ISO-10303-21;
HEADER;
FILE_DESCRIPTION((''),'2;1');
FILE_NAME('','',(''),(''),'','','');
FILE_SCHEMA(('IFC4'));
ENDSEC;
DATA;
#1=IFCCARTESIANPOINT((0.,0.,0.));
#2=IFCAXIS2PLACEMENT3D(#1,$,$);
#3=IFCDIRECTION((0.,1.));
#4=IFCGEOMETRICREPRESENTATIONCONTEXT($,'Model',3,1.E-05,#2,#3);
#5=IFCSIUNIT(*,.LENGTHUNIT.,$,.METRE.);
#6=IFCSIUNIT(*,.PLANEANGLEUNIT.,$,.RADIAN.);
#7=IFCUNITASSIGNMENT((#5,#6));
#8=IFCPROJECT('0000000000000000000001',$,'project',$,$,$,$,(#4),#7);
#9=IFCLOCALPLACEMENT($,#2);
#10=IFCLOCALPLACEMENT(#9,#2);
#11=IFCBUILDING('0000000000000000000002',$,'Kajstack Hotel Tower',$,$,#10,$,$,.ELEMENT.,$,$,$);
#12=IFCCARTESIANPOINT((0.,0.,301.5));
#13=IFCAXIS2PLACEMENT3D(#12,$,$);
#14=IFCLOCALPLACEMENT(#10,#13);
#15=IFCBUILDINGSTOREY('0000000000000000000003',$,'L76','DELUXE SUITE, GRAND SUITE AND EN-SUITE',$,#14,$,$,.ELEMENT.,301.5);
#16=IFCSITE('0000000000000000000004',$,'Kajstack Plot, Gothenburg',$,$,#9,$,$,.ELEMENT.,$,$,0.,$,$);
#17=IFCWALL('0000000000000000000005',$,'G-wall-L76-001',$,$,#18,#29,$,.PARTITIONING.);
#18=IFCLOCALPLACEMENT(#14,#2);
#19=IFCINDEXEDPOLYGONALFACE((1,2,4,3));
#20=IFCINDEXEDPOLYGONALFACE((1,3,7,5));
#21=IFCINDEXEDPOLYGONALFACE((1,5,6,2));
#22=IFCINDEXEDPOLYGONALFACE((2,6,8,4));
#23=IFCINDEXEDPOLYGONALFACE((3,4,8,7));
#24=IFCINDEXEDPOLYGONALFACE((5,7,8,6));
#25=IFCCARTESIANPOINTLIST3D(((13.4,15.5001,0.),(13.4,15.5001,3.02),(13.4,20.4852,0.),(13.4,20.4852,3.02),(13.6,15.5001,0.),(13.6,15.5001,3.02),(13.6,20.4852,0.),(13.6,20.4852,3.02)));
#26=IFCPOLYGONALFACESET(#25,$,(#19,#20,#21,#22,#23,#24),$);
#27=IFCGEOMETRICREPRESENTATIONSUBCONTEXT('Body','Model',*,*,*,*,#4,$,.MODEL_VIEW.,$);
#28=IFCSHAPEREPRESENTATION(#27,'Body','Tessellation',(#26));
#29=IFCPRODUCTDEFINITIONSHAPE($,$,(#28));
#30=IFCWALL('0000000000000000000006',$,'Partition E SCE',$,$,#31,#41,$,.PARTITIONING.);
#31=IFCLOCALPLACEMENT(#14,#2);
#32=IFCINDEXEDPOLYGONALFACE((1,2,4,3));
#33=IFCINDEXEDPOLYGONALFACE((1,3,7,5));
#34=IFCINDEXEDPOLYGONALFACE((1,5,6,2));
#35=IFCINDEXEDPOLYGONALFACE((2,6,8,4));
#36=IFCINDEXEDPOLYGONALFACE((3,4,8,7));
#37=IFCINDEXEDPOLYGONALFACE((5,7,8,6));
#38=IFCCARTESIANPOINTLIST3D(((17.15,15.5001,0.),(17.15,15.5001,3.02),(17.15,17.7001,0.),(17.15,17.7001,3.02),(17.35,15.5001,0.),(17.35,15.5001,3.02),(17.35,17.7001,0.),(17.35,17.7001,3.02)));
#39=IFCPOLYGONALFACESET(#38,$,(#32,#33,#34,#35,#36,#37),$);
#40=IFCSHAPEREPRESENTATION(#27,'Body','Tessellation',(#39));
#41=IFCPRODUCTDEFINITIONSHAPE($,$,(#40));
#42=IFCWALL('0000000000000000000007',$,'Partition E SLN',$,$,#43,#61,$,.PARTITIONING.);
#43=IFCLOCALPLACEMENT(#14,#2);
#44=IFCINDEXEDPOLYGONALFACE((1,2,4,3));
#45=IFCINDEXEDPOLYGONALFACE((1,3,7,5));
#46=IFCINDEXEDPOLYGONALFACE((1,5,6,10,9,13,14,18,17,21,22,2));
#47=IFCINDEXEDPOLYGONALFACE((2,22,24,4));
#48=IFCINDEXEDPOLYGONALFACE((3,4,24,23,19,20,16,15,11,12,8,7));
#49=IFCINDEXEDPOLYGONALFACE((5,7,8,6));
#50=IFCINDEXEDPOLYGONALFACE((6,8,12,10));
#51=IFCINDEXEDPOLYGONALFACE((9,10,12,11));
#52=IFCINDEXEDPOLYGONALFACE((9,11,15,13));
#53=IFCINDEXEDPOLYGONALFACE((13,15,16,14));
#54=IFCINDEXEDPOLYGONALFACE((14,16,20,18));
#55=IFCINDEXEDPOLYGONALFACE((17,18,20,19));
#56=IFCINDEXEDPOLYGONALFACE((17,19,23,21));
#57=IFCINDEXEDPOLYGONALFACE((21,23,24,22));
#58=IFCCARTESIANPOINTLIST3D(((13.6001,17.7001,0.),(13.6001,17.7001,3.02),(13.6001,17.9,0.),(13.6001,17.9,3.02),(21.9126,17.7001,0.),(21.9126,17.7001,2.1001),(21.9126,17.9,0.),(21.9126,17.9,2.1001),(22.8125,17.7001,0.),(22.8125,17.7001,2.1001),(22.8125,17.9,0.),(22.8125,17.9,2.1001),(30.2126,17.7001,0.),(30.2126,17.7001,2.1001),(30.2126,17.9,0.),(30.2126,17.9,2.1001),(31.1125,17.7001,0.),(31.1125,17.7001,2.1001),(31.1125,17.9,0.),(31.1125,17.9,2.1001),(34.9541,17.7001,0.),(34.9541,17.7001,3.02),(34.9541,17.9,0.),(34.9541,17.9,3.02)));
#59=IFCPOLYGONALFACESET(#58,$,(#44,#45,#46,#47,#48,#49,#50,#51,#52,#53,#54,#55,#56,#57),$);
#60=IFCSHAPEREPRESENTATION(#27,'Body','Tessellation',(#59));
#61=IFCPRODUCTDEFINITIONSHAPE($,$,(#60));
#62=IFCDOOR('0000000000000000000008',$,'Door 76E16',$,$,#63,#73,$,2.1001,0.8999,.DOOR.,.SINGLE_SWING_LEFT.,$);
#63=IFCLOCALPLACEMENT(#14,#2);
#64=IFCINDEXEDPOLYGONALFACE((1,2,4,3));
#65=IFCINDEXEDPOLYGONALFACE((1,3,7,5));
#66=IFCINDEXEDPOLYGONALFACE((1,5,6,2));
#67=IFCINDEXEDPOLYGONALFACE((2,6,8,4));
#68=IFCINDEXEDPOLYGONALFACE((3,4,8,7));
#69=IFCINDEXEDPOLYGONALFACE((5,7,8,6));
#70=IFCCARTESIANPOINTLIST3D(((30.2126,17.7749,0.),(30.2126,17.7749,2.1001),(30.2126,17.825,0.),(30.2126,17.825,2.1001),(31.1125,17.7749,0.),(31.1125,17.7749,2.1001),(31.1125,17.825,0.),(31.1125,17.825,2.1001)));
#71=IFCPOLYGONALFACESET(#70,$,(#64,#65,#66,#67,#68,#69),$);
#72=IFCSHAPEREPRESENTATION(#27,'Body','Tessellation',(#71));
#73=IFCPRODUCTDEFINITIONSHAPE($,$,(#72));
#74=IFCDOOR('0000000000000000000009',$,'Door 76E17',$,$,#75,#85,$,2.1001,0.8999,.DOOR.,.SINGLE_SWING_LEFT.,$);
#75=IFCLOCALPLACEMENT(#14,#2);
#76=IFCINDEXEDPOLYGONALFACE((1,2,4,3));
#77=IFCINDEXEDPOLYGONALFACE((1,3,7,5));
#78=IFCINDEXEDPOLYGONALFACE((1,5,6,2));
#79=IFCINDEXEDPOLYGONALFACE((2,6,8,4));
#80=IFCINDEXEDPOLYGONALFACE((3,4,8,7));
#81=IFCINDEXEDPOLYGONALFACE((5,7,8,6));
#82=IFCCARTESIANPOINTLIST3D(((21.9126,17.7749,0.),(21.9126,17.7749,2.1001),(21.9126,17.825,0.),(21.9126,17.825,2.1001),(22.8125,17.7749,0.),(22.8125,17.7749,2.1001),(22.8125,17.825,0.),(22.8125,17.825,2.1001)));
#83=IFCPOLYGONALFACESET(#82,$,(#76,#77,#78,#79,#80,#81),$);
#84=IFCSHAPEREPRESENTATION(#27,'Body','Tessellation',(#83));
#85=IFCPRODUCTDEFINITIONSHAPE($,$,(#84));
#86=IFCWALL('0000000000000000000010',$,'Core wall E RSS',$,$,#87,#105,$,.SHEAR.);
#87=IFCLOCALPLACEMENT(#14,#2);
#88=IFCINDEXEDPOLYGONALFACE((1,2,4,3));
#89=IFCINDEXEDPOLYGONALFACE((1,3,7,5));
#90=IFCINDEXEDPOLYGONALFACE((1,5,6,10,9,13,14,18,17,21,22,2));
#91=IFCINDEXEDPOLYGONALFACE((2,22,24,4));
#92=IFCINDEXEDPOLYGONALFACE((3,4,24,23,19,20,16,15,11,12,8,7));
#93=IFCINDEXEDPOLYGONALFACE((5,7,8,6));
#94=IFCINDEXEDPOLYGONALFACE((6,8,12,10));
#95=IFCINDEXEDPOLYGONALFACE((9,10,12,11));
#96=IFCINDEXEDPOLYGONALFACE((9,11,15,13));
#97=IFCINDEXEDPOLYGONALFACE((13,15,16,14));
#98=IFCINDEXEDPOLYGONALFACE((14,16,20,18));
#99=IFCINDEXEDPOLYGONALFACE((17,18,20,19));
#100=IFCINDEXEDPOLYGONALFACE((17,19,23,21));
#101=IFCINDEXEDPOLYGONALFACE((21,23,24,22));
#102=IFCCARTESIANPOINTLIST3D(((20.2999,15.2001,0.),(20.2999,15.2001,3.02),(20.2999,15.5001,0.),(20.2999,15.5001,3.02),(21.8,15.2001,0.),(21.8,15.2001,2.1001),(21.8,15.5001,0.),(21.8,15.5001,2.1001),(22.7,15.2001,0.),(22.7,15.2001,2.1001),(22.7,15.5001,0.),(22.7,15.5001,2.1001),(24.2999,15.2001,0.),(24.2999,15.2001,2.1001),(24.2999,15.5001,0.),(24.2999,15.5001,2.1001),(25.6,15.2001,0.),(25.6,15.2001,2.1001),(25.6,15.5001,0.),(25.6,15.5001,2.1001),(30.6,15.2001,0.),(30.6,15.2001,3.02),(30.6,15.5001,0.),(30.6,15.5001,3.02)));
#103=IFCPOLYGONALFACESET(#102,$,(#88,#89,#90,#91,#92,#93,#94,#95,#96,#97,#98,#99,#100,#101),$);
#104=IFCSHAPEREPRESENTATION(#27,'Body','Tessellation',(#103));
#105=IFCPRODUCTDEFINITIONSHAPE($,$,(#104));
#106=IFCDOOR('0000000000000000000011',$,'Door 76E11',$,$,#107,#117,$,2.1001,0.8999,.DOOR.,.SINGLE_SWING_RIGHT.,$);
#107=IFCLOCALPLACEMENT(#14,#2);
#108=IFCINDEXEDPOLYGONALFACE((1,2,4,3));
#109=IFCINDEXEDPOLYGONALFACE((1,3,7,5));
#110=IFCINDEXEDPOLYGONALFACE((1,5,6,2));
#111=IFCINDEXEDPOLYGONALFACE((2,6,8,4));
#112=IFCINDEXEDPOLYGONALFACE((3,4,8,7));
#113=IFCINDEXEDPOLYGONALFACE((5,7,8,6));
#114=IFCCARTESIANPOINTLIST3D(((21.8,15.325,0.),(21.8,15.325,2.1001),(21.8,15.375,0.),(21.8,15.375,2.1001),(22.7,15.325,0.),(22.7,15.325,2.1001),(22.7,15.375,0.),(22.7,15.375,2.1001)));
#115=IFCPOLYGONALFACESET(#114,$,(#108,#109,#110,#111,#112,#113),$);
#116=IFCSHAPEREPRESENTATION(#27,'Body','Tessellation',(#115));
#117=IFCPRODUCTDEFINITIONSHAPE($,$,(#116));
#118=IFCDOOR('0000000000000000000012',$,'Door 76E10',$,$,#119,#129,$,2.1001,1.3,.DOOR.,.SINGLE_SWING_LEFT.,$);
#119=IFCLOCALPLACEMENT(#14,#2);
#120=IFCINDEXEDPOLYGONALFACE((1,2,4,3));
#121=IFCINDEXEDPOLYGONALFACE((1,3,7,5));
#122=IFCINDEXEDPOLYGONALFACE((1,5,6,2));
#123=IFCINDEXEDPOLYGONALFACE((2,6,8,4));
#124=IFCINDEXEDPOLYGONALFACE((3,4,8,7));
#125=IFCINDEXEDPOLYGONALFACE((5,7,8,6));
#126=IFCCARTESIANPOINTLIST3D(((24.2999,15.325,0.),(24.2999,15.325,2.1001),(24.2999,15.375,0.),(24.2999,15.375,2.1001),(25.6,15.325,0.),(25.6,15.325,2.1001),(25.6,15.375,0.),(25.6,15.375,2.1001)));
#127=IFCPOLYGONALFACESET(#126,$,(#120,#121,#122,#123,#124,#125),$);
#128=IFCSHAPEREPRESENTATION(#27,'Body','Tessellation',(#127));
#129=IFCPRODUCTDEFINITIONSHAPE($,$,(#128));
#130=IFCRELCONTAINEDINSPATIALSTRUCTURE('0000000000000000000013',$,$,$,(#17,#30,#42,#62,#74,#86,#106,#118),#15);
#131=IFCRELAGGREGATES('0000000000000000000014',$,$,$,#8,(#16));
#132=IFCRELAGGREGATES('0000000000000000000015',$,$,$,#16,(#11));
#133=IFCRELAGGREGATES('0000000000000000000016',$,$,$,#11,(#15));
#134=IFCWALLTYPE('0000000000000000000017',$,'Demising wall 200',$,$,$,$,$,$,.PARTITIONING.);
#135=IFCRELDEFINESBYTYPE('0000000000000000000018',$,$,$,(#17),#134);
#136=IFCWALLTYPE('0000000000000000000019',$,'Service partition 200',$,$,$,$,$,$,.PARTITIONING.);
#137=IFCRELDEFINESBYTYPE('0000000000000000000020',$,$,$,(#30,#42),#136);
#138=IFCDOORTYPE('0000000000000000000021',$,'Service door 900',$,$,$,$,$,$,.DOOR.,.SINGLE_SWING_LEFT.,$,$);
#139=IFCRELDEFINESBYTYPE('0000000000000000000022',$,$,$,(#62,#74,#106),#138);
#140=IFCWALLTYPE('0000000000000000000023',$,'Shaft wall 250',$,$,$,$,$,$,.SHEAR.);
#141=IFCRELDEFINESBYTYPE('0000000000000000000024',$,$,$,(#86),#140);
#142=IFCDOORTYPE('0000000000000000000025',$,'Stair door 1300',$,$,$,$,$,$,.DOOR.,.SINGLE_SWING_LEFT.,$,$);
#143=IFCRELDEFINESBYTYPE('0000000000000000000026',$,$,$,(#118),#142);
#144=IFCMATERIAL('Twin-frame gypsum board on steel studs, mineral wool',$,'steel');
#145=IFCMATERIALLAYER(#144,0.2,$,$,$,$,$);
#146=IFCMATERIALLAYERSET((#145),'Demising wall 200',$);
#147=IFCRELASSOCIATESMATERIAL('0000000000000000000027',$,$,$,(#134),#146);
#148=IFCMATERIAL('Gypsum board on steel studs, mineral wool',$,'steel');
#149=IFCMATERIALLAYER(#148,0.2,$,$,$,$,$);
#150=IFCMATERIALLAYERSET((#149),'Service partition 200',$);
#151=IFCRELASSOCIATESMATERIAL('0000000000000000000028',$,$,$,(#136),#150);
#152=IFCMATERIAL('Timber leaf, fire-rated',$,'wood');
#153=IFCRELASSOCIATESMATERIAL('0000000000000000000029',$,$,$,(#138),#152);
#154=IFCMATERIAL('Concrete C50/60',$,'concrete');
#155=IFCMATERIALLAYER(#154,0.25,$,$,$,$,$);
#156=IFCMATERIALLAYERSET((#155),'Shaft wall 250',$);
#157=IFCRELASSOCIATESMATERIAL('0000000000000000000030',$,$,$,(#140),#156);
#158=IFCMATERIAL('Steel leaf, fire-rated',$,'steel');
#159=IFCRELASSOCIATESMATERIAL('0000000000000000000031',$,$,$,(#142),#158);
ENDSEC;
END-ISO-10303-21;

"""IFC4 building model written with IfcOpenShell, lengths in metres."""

from ifc_helpers import new_model, si_unit, direction, frame, frame_2d, origin, place, context, subcontext, project, spatial, rectangle, extrude, material, layer, layer_set, type_object, element, fill, save


model = new_model("IFC4")

# Units and contexts
model_context = context("Model", 3, precision=1e-05, world=origin(), true_north=direction((0.0, 1.0)))
body_context = subcontext(model_context, "Body", "Model", "MODEL_VIEW")
ifc_project = project(units=[si_unit("LENGTHUNIT", "METRE"), si_unit("PLANEANGLEUNIT", "RADIAN")], contexts=[model_context])

# Site, building, storey
site_placement = place(None, origin())
site = spatial("IfcSite", under=ifc_project, at=site_placement, Name="Kajstack Plot, Gothenburg", CompositionType="ELEMENT", RefElevation=0.0)
building_placement = place(site_placement, origin())
building = spatial("IfcBuilding", under=site, at=building_placement, Name="Kajstack Hotel Tower", CompositionType="ELEMENT")
storey_placement = place(building_placement, frame((0.0, 0.0, 301.5)))
storey = spatial("IfcBuildingStorey", under=building, at=storey_placement, Name="L76", Description="DELUXE SUITE, GRAND SUITE AND EN-SUITE", CompositionType="ELEMENT", Elevation=301.5)

# Wall
ifc_material_1 = material(Name="Twin-frame gypsum board on steel studs, mineral wool", Category="steel")
ifc_layer_1 = layer(ifc_material_1, 0.2)
ifc_layer_set_1 = layer_set([ifc_layer_1], Name="Demising wall 200")
wall_type_1 = type_object("IfcWallType", Name="Demising wall 200", PredefinedType="PARTITIONING", material=ifc_layer_set_1)
wall_1_placement = place(storey_placement, frame((13.5, 15.5, 0.0), z_axis=(0.0, 0.0, 1.0), x_axis=(0.0, 1.0, 0.0)))
element("IfcWall", 1, at=wall_1_placement, inside=storey, type_object=wall_type_1, Name="G-wall-L76-001", PredefinedType="PARTITIONING", context=body_context, shape_type="SweptSolid", body=[
    extrude(rectangle(XDim=4.9851, YDim=0.2, at=frame_2d((2.4927, 0.0))), origin(), (0.0, 0.0, 1.0), 3.02),
])

# Wall
ifc_material_2 = material(Name="Gypsum board on steel studs, mineral wool", Category="steel")
ifc_layer_2 = layer(ifc_material_2, 0.2)
ifc_layer_set_2 = layer_set([ifc_layer_2], Name="Service partition 200")
wall_type_2 = type_object("IfcWallType", Name="Service partition 200", PredefinedType="PARTITIONING", material=ifc_layer_set_2)
wall_2_placement = place(storey_placement, frame((17.25, 15.5, 0.0), z_axis=(0.0, 0.0, 1.0), x_axis=(0.0, 1.0, 0.0)))
element("IfcWall", 2, at=wall_2_placement, inside=storey, type_object=wall_type_2, Name="Partition E SCE", PredefinedType="PARTITIONING", context=body_context, shape_type="SweptSolid", body=[
    extrude(rectangle(XDim=2.2, YDim=0.2, at=frame_2d((1.1001, 0.0))), origin(), (0.0, 0.0, 1.0), 3.02),
])

# Walls, openings, doors
wall_3_placement = place(storey_placement, frame((13.6001, 17.8, 0.0), z_axis=(0.0, 0.0, 1.0), x_axis=(1.0, 0.0, 0.0)))
wall_3 = element("IfcWall", 3, at=wall_3_placement, inside=storey, type_object=wall_type_2, Name="Partition E SLN", PredefinedType="PARTITIONING", context=body_context, shape_type="SweptSolid", body=[
    extrude(rectangle(XDim=21.354, YDim=0.2, at=frame_2d((10.677, 0.0))), origin(), (0.0, 0.0, 1.0), 3.02),
])
opening_1_placement = place(wall_3_placement, frame((16.6125, 0.0, 0.0)))
opening_1 = element("IfcOpeningElement", 4, at=opening_1_placement, cuts=wall_3, PredefinedType="OPENING", context=body_context, shape_type="SweptSolid", body=[
    extrude(rectangle(XDim=0.8999, YDim=2.1001, at=frame_2d((0.45, 1.05))), frame((0.0, 0.1099, 0.0), z_axis=(0.0, -1.0, 0.0), x_axis=(1.0, 0.0, 0.0)), (0.0, 0.0, 1.0), 0.22),
])
opening_2_placement = place(wall_3_placement, frame((8.3125, 0.0, 0.0)))
opening_2 = element("IfcOpeningElement", 5, at=opening_2_placement, cuts=wall_3, PredefinedType="OPENING", context=body_context, shape_type="SweptSolid", body=[
    extrude(rectangle(XDim=0.8999, YDim=2.1001, at=frame_2d((0.45, 1.05))), frame((0.0, 0.1099, 0.0), z_axis=(0.0, -1.0, 0.0), x_axis=(1.0, 0.0, 0.0)), (0.0, 0.0, 1.0), 0.22),
])
ifc_material_3 = material(Name="Timber leaf, fire-rated", Category="wood")
door_type_1 = type_object("IfcDoorType", Name="Service door 900", OperationType="SINGLE_SWING_LEFT", PredefinedType="DOOR", material=ifc_material_3)
door_1_placement = place(opening_1_placement, origin())
door_1 = element("IfcDoor", 6, at=door_1_placement, inside=storey, type_object=door_type_1, Name="Door 76E16", OperationType="SINGLE_SWING_LEFT", OverallHeight=2.1001, OverallWidth=0.8999, PredefinedType="DOOR", context=body_context, shape_type="SweptSolid", body=[
    extrude(rectangle(XDim=0.8999, YDim=2.1001, at=frame_2d((0.45, 1.05))), frame((0.0, 0.0249, 0.0), z_axis=(0.0, -1.0, 0.0), x_axis=(1.0, 0.0, 0.0)), (0.0, 0.0, 1.0), 0.05),
])
fill(opening_1, door_1)
door_2_placement = place(opening_2_placement, origin())
door_2 = element("IfcDoor", 7, at=door_2_placement, inside=storey, type_object=door_type_1, Name="Door 76E17", OperationType="SINGLE_SWING_LEFT", OverallHeight=2.1001, OverallWidth=0.8999, PredefinedType="DOOR", context=body_context, shape_type="SweptSolid", body=[
    extrude(rectangle(XDim=0.8999, YDim=2.1001, at=frame_2d((0.45, 1.05))), frame((0.0, 0.0249, 0.0), z_axis=(0.0, -1.0, 0.0), x_axis=(1.0, 0.0, 0.0)), (0.0, 0.0, 1.0), 0.05),
])
fill(opening_2, door_2)
ifc_material_4 = material(Name="Concrete C50/60", Category="concrete")
ifc_layer_3 = layer(ifc_material_4, 0.25)
ifc_layer_set_3 = layer_set([ifc_layer_3], Name="Shaft wall 250")
wall_type_3 = type_object("IfcWallType", Name="Shaft wall 250", PredefinedType="SHEAR", material=ifc_layer_set_3)
wall_4_placement = place(storey_placement, frame((20.3, 15.3501, 0.0), z_axis=(0.0, 0.0, 1.0), x_axis=(1.0, 0.0, 0.0)))
wall_4 = element("IfcWall", 8, at=wall_4_placement, inside=storey, type_object=wall_type_3, Name="Core wall E RSS", PredefinedType="SHEAR", context=body_context, shape_type="SweptSolid", body=[
    extrude(rectangle(XDim=10.3, YDim=0.3, at=frame_2d((5.1499, 0.0))), origin(), (0.0, 0.0, 1.0), 3.02),
])
opening_3_placement = place(wall_4_placement, frame((4.0, 0.0, 0.0)))
opening_3 = element("IfcOpeningElement", 9, at=opening_3_placement, cuts=wall_4, PredefinedType="OPENING", context=body_context, shape_type="SweptSolid", body=[
    extrude(rectangle(XDim=1.3, YDim=2.1001, at=frame_2d((0.6499, 1.05))), frame((0.0, 0.1599, 0.0), z_axis=(0.0, -1.0, 0.0), x_axis=(1.0, 0.0, 0.0)), (0.0, 0.0, 1.0), 0.3201),
])
opening_4_placement = place(wall_4_placement, frame((1.5, 0.0, 0.0)))
opening_4 = element("IfcOpeningElement", 10, at=opening_4_placement, cuts=wall_4, PredefinedType="OPENING", context=body_context, shape_type="SweptSolid", body=[
    extrude(rectangle(XDim=0.8999, YDim=2.1001, at=frame_2d((0.45, 1.05))), frame((0.0, 0.1599, 0.0), z_axis=(0.0, -1.0, 0.0), x_axis=(1.0, 0.0, 0.0)), (0.0, 0.0, 1.0), 0.3201),
])
door_3_placement = place(opening_4_placement, origin())
door_3 = element("IfcDoor", 11, at=door_3_placement, inside=storey, type_object=door_type_1, Name="Door 76E11", OperationType="SINGLE_SWING_RIGHT", OverallHeight=2.1001, OverallWidth=0.8999, PredefinedType="DOOR", context=body_context, shape_type="SweptSolid", body=[
    extrude(rectangle(XDim=0.8999, YDim=2.1001, at=frame_2d((0.45, 1.05))), frame((0.0, 0.0249, 0.0), z_axis=(0.0, -1.0, 0.0), x_axis=(1.0, 0.0, 0.0)), (0.0, 0.0, 1.0), 0.05),
])
fill(opening_4, door_3)
ifc_material_5 = material(Name="Steel leaf, fire-rated", Category="steel")
door_type_2 = type_object("IfcDoorType", Name="Stair door 1300", OperationType="SINGLE_SWING_LEFT", PredefinedType="DOOR", material=ifc_material_5)
door_4_placement = place(opening_3_placement, origin())
door_4 = element("IfcDoor", 12, at=door_4_placement, inside=storey, type_object=door_type_2, Name="Door 76E10", OperationType="SINGLE_SWING_LEFT", OverallHeight=2.1001, OverallWidth=1.3, PredefinedType="DOOR", context=body_context, shape_type="SweptSolid", body=[
    extrude(rectangle(XDim=1.3, YDim=2.1001, at=frame_2d((0.6499, 1.05))), frame((0.0, 0.0249, 0.0), z_axis=(0.0, -1.0, 0.0), x_axis=(1.0, 0.0, 0.0)), (0.0, 0.0, 1.0), 0.05),
])
fill(opening_3, door_4)

save(model, "model.ifc")
